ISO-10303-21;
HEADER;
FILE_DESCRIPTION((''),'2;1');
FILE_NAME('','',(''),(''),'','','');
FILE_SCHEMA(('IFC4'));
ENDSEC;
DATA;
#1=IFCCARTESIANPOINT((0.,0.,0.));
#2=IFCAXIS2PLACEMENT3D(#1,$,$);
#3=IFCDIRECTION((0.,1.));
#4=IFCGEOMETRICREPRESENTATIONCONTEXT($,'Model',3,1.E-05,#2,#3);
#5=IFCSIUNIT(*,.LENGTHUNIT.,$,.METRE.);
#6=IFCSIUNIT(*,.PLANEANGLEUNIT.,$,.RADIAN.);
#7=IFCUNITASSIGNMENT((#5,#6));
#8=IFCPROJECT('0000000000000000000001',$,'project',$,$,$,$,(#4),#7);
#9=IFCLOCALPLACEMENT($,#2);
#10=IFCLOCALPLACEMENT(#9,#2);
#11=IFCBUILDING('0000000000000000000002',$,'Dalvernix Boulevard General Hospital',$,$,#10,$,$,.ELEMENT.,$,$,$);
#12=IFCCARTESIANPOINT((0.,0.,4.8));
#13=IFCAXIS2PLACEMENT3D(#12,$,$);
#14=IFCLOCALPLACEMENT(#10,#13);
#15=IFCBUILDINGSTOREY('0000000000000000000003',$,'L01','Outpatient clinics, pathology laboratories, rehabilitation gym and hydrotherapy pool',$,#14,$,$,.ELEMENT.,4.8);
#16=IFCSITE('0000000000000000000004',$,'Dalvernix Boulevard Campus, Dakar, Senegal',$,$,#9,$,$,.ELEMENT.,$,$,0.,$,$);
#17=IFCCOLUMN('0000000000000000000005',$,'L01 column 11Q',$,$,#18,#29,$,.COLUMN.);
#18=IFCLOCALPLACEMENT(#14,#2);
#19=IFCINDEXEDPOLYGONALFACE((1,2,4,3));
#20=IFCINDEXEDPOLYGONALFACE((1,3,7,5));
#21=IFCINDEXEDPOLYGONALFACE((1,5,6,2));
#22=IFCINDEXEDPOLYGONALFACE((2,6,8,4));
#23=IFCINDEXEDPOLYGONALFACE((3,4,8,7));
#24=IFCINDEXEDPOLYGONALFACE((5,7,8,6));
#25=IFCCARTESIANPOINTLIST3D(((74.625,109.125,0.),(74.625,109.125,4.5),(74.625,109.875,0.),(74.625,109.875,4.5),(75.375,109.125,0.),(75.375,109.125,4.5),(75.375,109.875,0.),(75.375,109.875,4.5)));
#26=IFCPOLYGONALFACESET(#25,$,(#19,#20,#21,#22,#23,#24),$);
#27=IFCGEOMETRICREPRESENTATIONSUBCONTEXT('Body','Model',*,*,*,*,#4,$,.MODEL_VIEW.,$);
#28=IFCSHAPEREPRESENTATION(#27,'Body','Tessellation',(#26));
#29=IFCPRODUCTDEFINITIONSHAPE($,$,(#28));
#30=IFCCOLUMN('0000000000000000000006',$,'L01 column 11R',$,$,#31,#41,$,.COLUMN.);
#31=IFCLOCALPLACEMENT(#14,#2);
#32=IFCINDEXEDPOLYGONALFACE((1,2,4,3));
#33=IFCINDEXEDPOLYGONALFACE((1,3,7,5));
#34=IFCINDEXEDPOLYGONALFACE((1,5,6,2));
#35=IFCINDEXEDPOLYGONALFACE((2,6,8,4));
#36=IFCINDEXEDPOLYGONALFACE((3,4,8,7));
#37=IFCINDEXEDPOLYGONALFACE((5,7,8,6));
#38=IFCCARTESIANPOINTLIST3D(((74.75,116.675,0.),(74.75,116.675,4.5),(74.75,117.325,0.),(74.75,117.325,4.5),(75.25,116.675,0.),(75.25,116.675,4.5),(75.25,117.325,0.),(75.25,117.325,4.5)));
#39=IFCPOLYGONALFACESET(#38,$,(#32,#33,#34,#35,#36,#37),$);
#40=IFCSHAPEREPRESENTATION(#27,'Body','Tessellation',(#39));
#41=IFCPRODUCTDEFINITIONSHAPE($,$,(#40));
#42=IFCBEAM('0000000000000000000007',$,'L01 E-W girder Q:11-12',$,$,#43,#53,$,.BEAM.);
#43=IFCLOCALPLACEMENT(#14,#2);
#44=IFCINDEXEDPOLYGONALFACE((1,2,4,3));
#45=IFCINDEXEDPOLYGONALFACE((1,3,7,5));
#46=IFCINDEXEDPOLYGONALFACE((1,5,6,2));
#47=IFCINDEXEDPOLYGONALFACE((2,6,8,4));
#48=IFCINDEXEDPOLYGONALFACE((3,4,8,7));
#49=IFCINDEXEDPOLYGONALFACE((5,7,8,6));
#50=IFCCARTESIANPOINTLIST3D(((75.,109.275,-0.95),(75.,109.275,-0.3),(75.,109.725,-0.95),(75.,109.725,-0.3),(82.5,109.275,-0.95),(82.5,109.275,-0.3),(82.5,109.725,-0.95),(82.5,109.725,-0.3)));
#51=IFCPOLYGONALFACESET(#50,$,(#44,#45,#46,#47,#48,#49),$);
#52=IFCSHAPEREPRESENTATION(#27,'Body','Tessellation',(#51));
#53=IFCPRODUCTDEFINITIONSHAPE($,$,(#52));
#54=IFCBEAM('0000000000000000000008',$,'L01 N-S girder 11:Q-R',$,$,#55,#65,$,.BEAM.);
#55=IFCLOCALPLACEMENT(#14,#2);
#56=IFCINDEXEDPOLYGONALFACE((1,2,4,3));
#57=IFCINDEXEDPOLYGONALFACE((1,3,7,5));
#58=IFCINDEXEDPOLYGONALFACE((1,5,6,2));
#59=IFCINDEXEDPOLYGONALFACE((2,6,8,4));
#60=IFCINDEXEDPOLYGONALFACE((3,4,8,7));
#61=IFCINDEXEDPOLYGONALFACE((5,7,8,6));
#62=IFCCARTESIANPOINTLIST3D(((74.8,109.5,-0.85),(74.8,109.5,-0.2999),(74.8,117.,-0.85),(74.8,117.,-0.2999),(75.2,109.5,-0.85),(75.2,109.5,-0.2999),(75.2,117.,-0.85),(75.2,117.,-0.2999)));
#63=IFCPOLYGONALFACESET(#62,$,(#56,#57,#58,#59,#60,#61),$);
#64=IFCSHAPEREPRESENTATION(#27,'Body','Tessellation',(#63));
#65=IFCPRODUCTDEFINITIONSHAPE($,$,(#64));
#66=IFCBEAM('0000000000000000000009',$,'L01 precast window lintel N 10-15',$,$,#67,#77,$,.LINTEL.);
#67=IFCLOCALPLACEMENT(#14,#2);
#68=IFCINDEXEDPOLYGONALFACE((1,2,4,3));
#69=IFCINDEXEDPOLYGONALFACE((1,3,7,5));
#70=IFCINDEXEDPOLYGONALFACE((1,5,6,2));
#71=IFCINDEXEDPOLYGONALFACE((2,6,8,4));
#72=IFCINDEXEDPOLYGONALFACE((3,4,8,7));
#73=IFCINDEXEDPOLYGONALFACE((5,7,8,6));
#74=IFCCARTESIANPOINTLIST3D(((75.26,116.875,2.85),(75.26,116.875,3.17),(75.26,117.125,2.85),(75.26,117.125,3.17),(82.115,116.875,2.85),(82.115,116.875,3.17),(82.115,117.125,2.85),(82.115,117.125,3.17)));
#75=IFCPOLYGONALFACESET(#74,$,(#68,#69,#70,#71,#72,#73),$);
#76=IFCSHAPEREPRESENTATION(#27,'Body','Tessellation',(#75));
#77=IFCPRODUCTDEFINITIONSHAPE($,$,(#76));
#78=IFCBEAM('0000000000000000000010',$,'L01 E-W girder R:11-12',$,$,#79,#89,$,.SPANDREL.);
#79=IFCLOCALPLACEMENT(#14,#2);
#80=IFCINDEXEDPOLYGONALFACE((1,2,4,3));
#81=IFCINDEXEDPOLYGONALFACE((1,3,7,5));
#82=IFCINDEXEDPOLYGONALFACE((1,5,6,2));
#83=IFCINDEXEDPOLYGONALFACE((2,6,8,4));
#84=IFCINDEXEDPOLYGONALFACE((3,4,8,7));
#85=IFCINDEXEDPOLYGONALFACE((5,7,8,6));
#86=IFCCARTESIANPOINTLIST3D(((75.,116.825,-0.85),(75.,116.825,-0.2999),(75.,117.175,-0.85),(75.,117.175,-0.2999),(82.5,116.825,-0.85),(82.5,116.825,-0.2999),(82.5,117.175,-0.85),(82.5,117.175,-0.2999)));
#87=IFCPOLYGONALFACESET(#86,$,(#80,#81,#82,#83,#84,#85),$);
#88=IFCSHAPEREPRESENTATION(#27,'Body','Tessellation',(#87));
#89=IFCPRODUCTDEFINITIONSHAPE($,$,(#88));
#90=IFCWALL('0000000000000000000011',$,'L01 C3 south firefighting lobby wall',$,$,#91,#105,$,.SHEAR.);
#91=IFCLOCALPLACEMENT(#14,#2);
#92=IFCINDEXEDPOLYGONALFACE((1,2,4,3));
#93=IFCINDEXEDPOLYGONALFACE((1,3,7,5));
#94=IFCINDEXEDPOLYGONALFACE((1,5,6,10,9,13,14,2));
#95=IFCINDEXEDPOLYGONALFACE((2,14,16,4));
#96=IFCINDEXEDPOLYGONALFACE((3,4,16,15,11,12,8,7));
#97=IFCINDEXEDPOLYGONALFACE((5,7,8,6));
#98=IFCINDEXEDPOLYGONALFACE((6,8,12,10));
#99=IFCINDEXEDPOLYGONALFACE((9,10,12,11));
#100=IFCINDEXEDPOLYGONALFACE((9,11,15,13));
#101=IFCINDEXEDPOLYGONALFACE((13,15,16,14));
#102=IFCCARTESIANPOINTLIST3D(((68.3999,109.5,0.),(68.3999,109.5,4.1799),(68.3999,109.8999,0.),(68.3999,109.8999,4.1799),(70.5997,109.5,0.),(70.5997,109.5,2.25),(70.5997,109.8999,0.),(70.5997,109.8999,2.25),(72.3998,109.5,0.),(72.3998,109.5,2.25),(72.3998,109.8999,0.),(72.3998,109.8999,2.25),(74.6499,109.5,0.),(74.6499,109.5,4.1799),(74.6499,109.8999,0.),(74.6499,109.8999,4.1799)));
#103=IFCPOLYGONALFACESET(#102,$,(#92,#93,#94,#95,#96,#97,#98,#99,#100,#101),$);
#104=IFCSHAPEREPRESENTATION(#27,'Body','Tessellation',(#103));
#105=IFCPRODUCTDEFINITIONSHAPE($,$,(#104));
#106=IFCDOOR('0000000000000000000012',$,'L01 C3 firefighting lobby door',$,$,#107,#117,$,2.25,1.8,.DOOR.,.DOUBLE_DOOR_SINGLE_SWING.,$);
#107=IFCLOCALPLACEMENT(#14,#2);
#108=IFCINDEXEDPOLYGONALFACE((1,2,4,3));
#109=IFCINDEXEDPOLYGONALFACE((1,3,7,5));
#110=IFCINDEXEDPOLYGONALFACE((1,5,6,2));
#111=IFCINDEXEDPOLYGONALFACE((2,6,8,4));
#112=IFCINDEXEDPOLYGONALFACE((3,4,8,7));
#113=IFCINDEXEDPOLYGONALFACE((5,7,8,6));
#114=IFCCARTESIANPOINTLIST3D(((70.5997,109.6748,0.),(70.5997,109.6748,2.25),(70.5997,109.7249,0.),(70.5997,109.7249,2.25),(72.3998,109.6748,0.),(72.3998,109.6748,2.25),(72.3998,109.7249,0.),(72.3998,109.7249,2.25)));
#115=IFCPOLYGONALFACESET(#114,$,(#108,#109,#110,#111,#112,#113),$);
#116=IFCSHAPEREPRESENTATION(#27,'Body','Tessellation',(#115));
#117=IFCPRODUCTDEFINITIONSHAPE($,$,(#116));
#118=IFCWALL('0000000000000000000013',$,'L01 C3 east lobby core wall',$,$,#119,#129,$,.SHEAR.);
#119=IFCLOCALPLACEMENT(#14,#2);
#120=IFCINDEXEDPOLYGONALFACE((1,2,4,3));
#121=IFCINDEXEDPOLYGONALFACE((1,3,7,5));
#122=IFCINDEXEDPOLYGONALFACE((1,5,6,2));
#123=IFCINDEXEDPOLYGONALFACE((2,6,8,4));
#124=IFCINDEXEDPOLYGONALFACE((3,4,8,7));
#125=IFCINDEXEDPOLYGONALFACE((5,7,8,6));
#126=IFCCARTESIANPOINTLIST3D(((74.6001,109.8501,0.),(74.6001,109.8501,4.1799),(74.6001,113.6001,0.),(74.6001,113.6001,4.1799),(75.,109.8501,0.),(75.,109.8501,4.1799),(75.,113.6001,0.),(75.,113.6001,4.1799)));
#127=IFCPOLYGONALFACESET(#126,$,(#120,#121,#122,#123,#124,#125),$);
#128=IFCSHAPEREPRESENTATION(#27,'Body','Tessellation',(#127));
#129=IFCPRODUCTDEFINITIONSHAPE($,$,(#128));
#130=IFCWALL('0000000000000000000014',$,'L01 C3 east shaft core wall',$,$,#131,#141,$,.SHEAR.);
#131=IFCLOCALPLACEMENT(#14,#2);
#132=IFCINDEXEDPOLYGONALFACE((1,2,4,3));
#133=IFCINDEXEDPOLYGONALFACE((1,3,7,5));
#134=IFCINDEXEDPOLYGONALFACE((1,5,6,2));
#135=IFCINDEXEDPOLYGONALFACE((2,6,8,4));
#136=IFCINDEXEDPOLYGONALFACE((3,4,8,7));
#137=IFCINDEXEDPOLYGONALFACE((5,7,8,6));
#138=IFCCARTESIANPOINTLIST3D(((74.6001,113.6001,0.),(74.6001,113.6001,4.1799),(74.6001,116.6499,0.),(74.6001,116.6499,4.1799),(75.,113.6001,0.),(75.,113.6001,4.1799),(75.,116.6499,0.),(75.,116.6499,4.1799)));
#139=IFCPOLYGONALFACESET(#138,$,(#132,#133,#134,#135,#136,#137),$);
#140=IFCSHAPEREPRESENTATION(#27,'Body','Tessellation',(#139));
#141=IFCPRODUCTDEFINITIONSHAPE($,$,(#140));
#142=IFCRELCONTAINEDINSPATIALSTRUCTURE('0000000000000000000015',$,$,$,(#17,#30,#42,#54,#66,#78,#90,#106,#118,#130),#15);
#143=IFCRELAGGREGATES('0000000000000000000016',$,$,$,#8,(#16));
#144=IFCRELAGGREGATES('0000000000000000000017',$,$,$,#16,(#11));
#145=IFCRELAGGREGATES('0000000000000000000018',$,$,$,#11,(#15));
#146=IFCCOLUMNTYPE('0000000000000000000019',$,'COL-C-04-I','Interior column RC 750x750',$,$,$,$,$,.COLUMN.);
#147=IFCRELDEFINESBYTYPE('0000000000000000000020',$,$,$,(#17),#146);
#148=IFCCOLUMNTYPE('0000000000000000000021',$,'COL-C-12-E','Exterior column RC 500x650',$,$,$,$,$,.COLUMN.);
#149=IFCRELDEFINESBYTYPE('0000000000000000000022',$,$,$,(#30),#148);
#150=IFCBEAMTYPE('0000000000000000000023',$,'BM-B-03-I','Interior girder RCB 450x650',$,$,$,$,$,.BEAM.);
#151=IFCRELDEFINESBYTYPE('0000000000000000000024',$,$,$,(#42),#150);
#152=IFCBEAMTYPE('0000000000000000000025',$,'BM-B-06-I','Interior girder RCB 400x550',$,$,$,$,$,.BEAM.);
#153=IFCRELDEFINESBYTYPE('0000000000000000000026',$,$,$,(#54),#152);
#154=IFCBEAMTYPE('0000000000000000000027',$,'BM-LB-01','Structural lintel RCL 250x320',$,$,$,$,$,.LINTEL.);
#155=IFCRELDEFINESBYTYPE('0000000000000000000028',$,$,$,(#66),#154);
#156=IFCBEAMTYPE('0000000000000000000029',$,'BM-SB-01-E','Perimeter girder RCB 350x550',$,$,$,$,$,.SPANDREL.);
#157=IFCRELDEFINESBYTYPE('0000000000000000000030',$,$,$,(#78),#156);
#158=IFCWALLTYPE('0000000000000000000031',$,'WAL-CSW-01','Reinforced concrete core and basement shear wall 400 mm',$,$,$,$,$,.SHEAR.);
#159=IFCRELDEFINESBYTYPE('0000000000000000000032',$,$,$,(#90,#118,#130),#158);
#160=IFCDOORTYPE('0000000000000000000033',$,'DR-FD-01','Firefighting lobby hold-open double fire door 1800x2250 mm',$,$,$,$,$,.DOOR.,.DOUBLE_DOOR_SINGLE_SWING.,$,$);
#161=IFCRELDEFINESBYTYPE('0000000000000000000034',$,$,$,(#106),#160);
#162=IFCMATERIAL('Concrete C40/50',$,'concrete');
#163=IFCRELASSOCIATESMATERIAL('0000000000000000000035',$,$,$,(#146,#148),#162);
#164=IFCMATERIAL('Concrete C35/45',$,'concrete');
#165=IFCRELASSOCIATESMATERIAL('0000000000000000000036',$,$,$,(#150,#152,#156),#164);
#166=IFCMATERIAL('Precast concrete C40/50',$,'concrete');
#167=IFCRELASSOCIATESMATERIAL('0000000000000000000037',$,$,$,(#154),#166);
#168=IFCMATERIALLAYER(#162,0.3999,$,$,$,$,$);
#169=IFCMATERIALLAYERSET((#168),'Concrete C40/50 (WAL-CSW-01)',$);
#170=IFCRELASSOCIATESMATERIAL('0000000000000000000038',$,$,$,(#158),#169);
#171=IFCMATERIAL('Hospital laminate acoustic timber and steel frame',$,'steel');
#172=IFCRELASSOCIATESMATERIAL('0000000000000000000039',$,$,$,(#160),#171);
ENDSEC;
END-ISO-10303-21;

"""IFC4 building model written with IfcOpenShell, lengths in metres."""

from ifc_helpers import new_model, si_unit, direction, frame, frame_2d, origin, origin_2d, place, context, subcontext, project, spatial, rectangle, extrude, material, layer, layer_set, material_profile, profile_set, type_object, element, fill, save


model = new_model("IFC4")

# Units and contexts
model_context = context("Model", 3, precision=1e-05, world=origin(), true_north=direction((0.0, 1.0)))
body_context = subcontext(model_context, "Body", "Model", "MODEL_VIEW")
ifc_project = project(units=[si_unit("LENGTHUNIT", "METRE"), si_unit("PLANEANGLEUNIT", "RADIAN")], contexts=[model_context])

# Site, building, storey
site_placement = place(None, origin())
site = spatial("IfcSite", under=ifc_project, at=site_placement, Name="Dalvernix Boulevard Campus, Dakar, Senegal", CompositionType="ELEMENT", RefElevation=0.0)
building_placement = place(site_placement, origin())
building = spatial("IfcBuilding", under=site, at=building_placement, Name="Dalvernix Boulevard General Hospital", CompositionType="ELEMENT")
storey_placement = place(building_placement, frame((0.0, 0.0, 4.8)))
storey = spatial("IfcBuildingStorey", under=building, at=storey_placement, Name="L01", Description="Outpatient clinics, pathology laboratories, rehabilitation gym and hydrotherapy pool", CompositionType="ELEMENT", Elevation=4.8)

# Columns
ifc_material_1 = material(Name="Concrete C40/50", Category="concrete")
ifc_material_profile_1 = material_profile(ifc_material_1, rectangle(XDim=0.75, YDim=0.75, at=origin_2d()), Name="RC 750x750")
ifc_profile_set_1 = profile_set([ifc_material_profile_1], Name="Concrete C40/50")
column_type_1 = type_object("IfcColumnType", Name="COL-C-04-I", Description="Interior column RC 750x750", PredefinedType="COLUMN", material=ifc_profile_set_1)
column_1_placement = place(storey_placement, frame((75.0, 109.5, 0.0), z_axis=(0.0, 0.0, 1.0), x_axis=(1.0, 0.0, 0.0)))
element("IfcColumn", 1, at=column_1_placement, inside=storey, type_object=column_type_1, Name="L01 column 11Q", PredefinedType="COLUMN", context=body_context, shape_type="SweptSolid", body=[
    extrude(rectangle(XDim=0.75, YDim=0.75, at=origin_2d()), origin(), (0.0, 0.0, 1.0), 4.5),
])
ifc_material_profile_2 = material_profile(ifc_material_1, rectangle(XDim=0.5, YDim=0.6499, at=origin_2d()), Name="RC 500x650")
ifc_profile_set_2 = profile_set([ifc_material_profile_2], Name="Concrete C40/50")
column_type_2 = type_object("IfcColumnType", Name="COL-C-12-E", Description="Exterior column RC 500x650", PredefinedType="COLUMN", material=ifc_profile_set_2)
column_2_placement = place(storey_placement, frame((75.0, 117.0, 0.0), z_axis=(0.0, 0.0, 1.0), x_axis=(1.0, 0.0, 0.0)))
element("IfcColumn", 2, at=column_2_placement, inside=storey, type_object=column_type_2, Name="L01 column 11R", PredefinedType="COLUMN", context=body_context, shape_type="SweptSolid", body=[
    extrude(rectangle(XDim=0.5, YDim=0.6499, at=origin_2d()), origin(), (0.0, 0.0, 1.0), 4.5),
])

# Beams
ifc_material_2 = material(Name="Concrete C35/45", Category="concrete")
ifc_material_profile_3 = material_profile(ifc_material_2, rectangle(XDim=0.45, YDim=0.6499, at=origin_2d()), Name="RCB 450x650")
ifc_profile_set_3 = profile_set([ifc_material_profile_3], Name="Concrete C35/45")
beam_type_1 = type_object("IfcBeamType", Name="BM-B-03-I", Description="Interior girder RCB 450x650", PredefinedType="BEAM", material=ifc_profile_set_3)
beam_1_placement = place(storey_placement, frame((75.0, 109.5, -0.625), z_axis=(1.0, 0.0, 0.0), x_axis=(0.0, 1.0, 0.0)))
element("IfcBeam", 3, at=beam_1_placement, inside=storey, type_object=beam_type_1, Name="L01 E-W girder Q:11-12", PredefinedType="BEAM", context=body_context, shape_type="SweptSolid", body=[
    extrude(rectangle(XDim=0.45, YDim=0.6499, at=origin_2d()), origin(), (0.0, 0.0, 1.0), 7.5),
])
ifc_material_profile_4 = material_profile(ifc_material_2, rectangle(XDim=0.3999, YDim=0.55, at=origin_2d()), Name="RCB 400x550")
ifc_profile_set_4 = profile_set([ifc_material_profile_4], Name="Concrete C35/45")
beam_type_2 = type_object("IfcBeamType", Name="BM-B-06-I", Description="Interior girder RCB 400x550", PredefinedType="BEAM", material=ifc_profile_set_4)
beam_2_placement = place(storey_placement, frame((75.0, 109.5, -0.575), z_axis=(0.0, 1.0, 0.0), x_axis=(-1.0, 0.0, 0.0)))
element("IfcBeam", 4, at=beam_2_placement, inside=storey, type_object=beam_type_2, Name="L01 N-S girder 11:Q-R", PredefinedType="BEAM", context=body_context, shape_type="SweptSolid", body=[
    extrude(rectangle(XDim=0.3999, YDim=0.55, at=origin_2d()), origin(), (0.0, 0.0, 1.0), 7.5),
])
ifc_material_3 = material(Name="Precast concrete C40/50", Category="concrete")
ifc_material_profile_5 = material_profile(ifc_material_3, rectangle(XDim=0.25, YDim=0.3201, at=origin_2d()), Name="RCL 250x320")
ifc_profile_set_5 = profile_set([ifc_material_profile_5], Name="Precast concrete C40/50")
beam_type_3 = type_object("IfcBeamType", Name="BM-LB-01", Description="Structural lintel RCL 250x320", PredefinedType="LINTEL", material=ifc_profile_set_5)
beam_3_placement = place(storey_placement, frame((75.26, 117.0, 3.01), z_axis=(1.0, 0.0, 0.0), x_axis=(0.0, 1.0, 0.0)))
element("IfcBeam", 5, at=beam_3_placement, inside=storey, type_object=beam_type_3, Name="L01 precast window lintel N 10-15", PredefinedType="LINTEL", context=body_context, shape_type="SweptSolid", body=[
    extrude(rectangle(XDim=0.25, YDim=0.3201, at=origin_2d()), origin(), (0.0, 0.0, 1.0), 6.855),
])
ifc_material_profile_6 = material_profile(ifc_material_2, rectangle(XDim=0.3501, YDim=0.55, at=origin_2d()), Name="RCB 350x550")
ifc_profile_set_6 = profile_set([ifc_material_profile_6], Name="Concrete C35/45")
beam_type_4 = type_object("IfcBeamType", Name="BM-SB-01-E", Description="Perimeter girder RCB 350x550", PredefinedType="SPANDREL", material=ifc_profile_set_6)
beam_4_placement = place(storey_placement, frame((75.0, 117.0, -0.575), z_axis=(1.0, 0.0, 0.0), x_axis=(0.0, 1.0, 0.0)))
element("IfcBeam", 6, at=beam_4_placement, inside=storey, type_object=beam_type_4, Name="L01 E-W girder R:11-12", PredefinedType="SPANDREL", context=body_context, shape_type="SweptSolid", body=[
    extrude(rectangle(XDim=0.3501, YDim=0.55, at=origin_2d()), origin(), (0.0, 0.0, 1.0), 7.5),
])

# Wall, opening, door
ifc_layer_1 = layer(ifc_material_1, 0.3999)
ifc_layer_set_1 = layer_set([ifc_layer_1], Name="Concrete C40/50 (WAL-CSW-01)")
wall_type_1 = type_object("IfcWallType", Name="WAL-CSW-01", Description="Reinforced concrete core and basement shear wall 400 mm", PredefinedType="SHEAR", material=ifc_layer_set_1)
wall_1_placement = place(storey_placement, frame((68.3999, 109.7, 0.0), z_axis=(0.0, 0.0, 1.0), x_axis=(1.0, 0.0, 0.0)))
wall_1 = element("IfcWall", 7, at=wall_1_placement, inside=storey, type_object=wall_type_1, Name="L01 C3 south firefighting lobby wall", PredefinedType="SHEAR", context=body_context, shape_type="SweptSolid", body=[
    extrude(rectangle(XDim=6.25, YDim=0.3999, at=frame_2d((3.125, 0.0))), origin(), (0.0, 0.0, 1.0), 4.1799),
])
opening_1_placement = place(wall_1_placement, frame((2.2, 0.0, 0.0)))
opening_1 = element("IfcOpeningElement", 8, at=opening_1_placement, cuts=wall_1, PredefinedType="OPENING", context=body_context, shape_type="SweptSolid", body=[
    extrude(rectangle(XDim=1.8, YDim=2.25, at=frame_2d((0.8999, 1.125))), frame((0.0, 0.21, 0.0), z_axis=(0.0, -1.0, 0.0), x_axis=(1.0, 0.0, 0.0)), (0.0, 0.0, 1.0), 0.4199),
])
ifc_material_4 = material(Name="Hospital laminate acoustic timber and steel frame", Category="steel")
door_type_1 = type_object("IfcDoorType", Name="DR-FD-01", Description="Firefighting lobby hold-open double fire door 1800x2250 mm", OperationType="DOUBLE_DOOR_SINGLE_SWING", PredefinedType="DOOR", material=ifc_material_4)
door_1_placement = place(opening_1_placement, origin())
door_1 = element("IfcDoor", 9, at=door_1_placement, inside=storey, type_object=door_type_1, Name="L01 C3 firefighting lobby door", OperationType="DOUBLE_DOOR_SINGLE_SWING", OverallHeight=2.25, OverallWidth=1.8, PredefinedType="DOOR", context=body_context, shape_type="SweptSolid", body=[
    extrude(rectangle(XDim=1.8, YDim=2.25, at=frame_2d((0.8999, 1.125))), frame((0.0, 0.0249, 0.0), z_axis=(0.0, -1.0, 0.0), x_axis=(1.0, 0.0, 0.0)), (0.0, 0.0, 1.0), 0.05),
])
fill(opening_1, door_1)

# Walls
wall_2_placement = place(storey_placement, frame((74.8, 109.8501, 0.0), z_axis=(0.0, 0.0, 1.0), x_axis=(0.0, 1.0, 0.0)))
element("IfcWall", 10, at=wall_2_placement, inside=storey, type_object=wall_type_1, Name="L01 C3 east lobby core wall", PredefinedType="SHEAR", context=body_context, shape_type="SweptSolid", body=[
    extrude(rectangle(XDim=3.75, YDim=0.3999, at=frame_2d((1.875, 0.0))), origin(), (0.0, 0.0, 1.0), 4.1799),
])
wall_3_placement = place(storey_placement, frame((74.8, 113.6001, 0.0), z_axis=(0.0, 0.0, 1.0), x_axis=(0.0, 1.0, 0.0)))
element("IfcWall", 11, at=wall_3_placement, inside=storey, type_object=wall_type_1, Name="L01 C3 east shaft core wall", PredefinedType="SHEAR", context=body_context, shape_type="SweptSolid", body=[
    extrude(rectangle(XDim=3.0498, YDim=0.3999, at=frame_2d((1.5249, 0.0))), origin(), (0.0, 0.0, 1.0), 4.1799),
])

save(model, "model.ifc")
